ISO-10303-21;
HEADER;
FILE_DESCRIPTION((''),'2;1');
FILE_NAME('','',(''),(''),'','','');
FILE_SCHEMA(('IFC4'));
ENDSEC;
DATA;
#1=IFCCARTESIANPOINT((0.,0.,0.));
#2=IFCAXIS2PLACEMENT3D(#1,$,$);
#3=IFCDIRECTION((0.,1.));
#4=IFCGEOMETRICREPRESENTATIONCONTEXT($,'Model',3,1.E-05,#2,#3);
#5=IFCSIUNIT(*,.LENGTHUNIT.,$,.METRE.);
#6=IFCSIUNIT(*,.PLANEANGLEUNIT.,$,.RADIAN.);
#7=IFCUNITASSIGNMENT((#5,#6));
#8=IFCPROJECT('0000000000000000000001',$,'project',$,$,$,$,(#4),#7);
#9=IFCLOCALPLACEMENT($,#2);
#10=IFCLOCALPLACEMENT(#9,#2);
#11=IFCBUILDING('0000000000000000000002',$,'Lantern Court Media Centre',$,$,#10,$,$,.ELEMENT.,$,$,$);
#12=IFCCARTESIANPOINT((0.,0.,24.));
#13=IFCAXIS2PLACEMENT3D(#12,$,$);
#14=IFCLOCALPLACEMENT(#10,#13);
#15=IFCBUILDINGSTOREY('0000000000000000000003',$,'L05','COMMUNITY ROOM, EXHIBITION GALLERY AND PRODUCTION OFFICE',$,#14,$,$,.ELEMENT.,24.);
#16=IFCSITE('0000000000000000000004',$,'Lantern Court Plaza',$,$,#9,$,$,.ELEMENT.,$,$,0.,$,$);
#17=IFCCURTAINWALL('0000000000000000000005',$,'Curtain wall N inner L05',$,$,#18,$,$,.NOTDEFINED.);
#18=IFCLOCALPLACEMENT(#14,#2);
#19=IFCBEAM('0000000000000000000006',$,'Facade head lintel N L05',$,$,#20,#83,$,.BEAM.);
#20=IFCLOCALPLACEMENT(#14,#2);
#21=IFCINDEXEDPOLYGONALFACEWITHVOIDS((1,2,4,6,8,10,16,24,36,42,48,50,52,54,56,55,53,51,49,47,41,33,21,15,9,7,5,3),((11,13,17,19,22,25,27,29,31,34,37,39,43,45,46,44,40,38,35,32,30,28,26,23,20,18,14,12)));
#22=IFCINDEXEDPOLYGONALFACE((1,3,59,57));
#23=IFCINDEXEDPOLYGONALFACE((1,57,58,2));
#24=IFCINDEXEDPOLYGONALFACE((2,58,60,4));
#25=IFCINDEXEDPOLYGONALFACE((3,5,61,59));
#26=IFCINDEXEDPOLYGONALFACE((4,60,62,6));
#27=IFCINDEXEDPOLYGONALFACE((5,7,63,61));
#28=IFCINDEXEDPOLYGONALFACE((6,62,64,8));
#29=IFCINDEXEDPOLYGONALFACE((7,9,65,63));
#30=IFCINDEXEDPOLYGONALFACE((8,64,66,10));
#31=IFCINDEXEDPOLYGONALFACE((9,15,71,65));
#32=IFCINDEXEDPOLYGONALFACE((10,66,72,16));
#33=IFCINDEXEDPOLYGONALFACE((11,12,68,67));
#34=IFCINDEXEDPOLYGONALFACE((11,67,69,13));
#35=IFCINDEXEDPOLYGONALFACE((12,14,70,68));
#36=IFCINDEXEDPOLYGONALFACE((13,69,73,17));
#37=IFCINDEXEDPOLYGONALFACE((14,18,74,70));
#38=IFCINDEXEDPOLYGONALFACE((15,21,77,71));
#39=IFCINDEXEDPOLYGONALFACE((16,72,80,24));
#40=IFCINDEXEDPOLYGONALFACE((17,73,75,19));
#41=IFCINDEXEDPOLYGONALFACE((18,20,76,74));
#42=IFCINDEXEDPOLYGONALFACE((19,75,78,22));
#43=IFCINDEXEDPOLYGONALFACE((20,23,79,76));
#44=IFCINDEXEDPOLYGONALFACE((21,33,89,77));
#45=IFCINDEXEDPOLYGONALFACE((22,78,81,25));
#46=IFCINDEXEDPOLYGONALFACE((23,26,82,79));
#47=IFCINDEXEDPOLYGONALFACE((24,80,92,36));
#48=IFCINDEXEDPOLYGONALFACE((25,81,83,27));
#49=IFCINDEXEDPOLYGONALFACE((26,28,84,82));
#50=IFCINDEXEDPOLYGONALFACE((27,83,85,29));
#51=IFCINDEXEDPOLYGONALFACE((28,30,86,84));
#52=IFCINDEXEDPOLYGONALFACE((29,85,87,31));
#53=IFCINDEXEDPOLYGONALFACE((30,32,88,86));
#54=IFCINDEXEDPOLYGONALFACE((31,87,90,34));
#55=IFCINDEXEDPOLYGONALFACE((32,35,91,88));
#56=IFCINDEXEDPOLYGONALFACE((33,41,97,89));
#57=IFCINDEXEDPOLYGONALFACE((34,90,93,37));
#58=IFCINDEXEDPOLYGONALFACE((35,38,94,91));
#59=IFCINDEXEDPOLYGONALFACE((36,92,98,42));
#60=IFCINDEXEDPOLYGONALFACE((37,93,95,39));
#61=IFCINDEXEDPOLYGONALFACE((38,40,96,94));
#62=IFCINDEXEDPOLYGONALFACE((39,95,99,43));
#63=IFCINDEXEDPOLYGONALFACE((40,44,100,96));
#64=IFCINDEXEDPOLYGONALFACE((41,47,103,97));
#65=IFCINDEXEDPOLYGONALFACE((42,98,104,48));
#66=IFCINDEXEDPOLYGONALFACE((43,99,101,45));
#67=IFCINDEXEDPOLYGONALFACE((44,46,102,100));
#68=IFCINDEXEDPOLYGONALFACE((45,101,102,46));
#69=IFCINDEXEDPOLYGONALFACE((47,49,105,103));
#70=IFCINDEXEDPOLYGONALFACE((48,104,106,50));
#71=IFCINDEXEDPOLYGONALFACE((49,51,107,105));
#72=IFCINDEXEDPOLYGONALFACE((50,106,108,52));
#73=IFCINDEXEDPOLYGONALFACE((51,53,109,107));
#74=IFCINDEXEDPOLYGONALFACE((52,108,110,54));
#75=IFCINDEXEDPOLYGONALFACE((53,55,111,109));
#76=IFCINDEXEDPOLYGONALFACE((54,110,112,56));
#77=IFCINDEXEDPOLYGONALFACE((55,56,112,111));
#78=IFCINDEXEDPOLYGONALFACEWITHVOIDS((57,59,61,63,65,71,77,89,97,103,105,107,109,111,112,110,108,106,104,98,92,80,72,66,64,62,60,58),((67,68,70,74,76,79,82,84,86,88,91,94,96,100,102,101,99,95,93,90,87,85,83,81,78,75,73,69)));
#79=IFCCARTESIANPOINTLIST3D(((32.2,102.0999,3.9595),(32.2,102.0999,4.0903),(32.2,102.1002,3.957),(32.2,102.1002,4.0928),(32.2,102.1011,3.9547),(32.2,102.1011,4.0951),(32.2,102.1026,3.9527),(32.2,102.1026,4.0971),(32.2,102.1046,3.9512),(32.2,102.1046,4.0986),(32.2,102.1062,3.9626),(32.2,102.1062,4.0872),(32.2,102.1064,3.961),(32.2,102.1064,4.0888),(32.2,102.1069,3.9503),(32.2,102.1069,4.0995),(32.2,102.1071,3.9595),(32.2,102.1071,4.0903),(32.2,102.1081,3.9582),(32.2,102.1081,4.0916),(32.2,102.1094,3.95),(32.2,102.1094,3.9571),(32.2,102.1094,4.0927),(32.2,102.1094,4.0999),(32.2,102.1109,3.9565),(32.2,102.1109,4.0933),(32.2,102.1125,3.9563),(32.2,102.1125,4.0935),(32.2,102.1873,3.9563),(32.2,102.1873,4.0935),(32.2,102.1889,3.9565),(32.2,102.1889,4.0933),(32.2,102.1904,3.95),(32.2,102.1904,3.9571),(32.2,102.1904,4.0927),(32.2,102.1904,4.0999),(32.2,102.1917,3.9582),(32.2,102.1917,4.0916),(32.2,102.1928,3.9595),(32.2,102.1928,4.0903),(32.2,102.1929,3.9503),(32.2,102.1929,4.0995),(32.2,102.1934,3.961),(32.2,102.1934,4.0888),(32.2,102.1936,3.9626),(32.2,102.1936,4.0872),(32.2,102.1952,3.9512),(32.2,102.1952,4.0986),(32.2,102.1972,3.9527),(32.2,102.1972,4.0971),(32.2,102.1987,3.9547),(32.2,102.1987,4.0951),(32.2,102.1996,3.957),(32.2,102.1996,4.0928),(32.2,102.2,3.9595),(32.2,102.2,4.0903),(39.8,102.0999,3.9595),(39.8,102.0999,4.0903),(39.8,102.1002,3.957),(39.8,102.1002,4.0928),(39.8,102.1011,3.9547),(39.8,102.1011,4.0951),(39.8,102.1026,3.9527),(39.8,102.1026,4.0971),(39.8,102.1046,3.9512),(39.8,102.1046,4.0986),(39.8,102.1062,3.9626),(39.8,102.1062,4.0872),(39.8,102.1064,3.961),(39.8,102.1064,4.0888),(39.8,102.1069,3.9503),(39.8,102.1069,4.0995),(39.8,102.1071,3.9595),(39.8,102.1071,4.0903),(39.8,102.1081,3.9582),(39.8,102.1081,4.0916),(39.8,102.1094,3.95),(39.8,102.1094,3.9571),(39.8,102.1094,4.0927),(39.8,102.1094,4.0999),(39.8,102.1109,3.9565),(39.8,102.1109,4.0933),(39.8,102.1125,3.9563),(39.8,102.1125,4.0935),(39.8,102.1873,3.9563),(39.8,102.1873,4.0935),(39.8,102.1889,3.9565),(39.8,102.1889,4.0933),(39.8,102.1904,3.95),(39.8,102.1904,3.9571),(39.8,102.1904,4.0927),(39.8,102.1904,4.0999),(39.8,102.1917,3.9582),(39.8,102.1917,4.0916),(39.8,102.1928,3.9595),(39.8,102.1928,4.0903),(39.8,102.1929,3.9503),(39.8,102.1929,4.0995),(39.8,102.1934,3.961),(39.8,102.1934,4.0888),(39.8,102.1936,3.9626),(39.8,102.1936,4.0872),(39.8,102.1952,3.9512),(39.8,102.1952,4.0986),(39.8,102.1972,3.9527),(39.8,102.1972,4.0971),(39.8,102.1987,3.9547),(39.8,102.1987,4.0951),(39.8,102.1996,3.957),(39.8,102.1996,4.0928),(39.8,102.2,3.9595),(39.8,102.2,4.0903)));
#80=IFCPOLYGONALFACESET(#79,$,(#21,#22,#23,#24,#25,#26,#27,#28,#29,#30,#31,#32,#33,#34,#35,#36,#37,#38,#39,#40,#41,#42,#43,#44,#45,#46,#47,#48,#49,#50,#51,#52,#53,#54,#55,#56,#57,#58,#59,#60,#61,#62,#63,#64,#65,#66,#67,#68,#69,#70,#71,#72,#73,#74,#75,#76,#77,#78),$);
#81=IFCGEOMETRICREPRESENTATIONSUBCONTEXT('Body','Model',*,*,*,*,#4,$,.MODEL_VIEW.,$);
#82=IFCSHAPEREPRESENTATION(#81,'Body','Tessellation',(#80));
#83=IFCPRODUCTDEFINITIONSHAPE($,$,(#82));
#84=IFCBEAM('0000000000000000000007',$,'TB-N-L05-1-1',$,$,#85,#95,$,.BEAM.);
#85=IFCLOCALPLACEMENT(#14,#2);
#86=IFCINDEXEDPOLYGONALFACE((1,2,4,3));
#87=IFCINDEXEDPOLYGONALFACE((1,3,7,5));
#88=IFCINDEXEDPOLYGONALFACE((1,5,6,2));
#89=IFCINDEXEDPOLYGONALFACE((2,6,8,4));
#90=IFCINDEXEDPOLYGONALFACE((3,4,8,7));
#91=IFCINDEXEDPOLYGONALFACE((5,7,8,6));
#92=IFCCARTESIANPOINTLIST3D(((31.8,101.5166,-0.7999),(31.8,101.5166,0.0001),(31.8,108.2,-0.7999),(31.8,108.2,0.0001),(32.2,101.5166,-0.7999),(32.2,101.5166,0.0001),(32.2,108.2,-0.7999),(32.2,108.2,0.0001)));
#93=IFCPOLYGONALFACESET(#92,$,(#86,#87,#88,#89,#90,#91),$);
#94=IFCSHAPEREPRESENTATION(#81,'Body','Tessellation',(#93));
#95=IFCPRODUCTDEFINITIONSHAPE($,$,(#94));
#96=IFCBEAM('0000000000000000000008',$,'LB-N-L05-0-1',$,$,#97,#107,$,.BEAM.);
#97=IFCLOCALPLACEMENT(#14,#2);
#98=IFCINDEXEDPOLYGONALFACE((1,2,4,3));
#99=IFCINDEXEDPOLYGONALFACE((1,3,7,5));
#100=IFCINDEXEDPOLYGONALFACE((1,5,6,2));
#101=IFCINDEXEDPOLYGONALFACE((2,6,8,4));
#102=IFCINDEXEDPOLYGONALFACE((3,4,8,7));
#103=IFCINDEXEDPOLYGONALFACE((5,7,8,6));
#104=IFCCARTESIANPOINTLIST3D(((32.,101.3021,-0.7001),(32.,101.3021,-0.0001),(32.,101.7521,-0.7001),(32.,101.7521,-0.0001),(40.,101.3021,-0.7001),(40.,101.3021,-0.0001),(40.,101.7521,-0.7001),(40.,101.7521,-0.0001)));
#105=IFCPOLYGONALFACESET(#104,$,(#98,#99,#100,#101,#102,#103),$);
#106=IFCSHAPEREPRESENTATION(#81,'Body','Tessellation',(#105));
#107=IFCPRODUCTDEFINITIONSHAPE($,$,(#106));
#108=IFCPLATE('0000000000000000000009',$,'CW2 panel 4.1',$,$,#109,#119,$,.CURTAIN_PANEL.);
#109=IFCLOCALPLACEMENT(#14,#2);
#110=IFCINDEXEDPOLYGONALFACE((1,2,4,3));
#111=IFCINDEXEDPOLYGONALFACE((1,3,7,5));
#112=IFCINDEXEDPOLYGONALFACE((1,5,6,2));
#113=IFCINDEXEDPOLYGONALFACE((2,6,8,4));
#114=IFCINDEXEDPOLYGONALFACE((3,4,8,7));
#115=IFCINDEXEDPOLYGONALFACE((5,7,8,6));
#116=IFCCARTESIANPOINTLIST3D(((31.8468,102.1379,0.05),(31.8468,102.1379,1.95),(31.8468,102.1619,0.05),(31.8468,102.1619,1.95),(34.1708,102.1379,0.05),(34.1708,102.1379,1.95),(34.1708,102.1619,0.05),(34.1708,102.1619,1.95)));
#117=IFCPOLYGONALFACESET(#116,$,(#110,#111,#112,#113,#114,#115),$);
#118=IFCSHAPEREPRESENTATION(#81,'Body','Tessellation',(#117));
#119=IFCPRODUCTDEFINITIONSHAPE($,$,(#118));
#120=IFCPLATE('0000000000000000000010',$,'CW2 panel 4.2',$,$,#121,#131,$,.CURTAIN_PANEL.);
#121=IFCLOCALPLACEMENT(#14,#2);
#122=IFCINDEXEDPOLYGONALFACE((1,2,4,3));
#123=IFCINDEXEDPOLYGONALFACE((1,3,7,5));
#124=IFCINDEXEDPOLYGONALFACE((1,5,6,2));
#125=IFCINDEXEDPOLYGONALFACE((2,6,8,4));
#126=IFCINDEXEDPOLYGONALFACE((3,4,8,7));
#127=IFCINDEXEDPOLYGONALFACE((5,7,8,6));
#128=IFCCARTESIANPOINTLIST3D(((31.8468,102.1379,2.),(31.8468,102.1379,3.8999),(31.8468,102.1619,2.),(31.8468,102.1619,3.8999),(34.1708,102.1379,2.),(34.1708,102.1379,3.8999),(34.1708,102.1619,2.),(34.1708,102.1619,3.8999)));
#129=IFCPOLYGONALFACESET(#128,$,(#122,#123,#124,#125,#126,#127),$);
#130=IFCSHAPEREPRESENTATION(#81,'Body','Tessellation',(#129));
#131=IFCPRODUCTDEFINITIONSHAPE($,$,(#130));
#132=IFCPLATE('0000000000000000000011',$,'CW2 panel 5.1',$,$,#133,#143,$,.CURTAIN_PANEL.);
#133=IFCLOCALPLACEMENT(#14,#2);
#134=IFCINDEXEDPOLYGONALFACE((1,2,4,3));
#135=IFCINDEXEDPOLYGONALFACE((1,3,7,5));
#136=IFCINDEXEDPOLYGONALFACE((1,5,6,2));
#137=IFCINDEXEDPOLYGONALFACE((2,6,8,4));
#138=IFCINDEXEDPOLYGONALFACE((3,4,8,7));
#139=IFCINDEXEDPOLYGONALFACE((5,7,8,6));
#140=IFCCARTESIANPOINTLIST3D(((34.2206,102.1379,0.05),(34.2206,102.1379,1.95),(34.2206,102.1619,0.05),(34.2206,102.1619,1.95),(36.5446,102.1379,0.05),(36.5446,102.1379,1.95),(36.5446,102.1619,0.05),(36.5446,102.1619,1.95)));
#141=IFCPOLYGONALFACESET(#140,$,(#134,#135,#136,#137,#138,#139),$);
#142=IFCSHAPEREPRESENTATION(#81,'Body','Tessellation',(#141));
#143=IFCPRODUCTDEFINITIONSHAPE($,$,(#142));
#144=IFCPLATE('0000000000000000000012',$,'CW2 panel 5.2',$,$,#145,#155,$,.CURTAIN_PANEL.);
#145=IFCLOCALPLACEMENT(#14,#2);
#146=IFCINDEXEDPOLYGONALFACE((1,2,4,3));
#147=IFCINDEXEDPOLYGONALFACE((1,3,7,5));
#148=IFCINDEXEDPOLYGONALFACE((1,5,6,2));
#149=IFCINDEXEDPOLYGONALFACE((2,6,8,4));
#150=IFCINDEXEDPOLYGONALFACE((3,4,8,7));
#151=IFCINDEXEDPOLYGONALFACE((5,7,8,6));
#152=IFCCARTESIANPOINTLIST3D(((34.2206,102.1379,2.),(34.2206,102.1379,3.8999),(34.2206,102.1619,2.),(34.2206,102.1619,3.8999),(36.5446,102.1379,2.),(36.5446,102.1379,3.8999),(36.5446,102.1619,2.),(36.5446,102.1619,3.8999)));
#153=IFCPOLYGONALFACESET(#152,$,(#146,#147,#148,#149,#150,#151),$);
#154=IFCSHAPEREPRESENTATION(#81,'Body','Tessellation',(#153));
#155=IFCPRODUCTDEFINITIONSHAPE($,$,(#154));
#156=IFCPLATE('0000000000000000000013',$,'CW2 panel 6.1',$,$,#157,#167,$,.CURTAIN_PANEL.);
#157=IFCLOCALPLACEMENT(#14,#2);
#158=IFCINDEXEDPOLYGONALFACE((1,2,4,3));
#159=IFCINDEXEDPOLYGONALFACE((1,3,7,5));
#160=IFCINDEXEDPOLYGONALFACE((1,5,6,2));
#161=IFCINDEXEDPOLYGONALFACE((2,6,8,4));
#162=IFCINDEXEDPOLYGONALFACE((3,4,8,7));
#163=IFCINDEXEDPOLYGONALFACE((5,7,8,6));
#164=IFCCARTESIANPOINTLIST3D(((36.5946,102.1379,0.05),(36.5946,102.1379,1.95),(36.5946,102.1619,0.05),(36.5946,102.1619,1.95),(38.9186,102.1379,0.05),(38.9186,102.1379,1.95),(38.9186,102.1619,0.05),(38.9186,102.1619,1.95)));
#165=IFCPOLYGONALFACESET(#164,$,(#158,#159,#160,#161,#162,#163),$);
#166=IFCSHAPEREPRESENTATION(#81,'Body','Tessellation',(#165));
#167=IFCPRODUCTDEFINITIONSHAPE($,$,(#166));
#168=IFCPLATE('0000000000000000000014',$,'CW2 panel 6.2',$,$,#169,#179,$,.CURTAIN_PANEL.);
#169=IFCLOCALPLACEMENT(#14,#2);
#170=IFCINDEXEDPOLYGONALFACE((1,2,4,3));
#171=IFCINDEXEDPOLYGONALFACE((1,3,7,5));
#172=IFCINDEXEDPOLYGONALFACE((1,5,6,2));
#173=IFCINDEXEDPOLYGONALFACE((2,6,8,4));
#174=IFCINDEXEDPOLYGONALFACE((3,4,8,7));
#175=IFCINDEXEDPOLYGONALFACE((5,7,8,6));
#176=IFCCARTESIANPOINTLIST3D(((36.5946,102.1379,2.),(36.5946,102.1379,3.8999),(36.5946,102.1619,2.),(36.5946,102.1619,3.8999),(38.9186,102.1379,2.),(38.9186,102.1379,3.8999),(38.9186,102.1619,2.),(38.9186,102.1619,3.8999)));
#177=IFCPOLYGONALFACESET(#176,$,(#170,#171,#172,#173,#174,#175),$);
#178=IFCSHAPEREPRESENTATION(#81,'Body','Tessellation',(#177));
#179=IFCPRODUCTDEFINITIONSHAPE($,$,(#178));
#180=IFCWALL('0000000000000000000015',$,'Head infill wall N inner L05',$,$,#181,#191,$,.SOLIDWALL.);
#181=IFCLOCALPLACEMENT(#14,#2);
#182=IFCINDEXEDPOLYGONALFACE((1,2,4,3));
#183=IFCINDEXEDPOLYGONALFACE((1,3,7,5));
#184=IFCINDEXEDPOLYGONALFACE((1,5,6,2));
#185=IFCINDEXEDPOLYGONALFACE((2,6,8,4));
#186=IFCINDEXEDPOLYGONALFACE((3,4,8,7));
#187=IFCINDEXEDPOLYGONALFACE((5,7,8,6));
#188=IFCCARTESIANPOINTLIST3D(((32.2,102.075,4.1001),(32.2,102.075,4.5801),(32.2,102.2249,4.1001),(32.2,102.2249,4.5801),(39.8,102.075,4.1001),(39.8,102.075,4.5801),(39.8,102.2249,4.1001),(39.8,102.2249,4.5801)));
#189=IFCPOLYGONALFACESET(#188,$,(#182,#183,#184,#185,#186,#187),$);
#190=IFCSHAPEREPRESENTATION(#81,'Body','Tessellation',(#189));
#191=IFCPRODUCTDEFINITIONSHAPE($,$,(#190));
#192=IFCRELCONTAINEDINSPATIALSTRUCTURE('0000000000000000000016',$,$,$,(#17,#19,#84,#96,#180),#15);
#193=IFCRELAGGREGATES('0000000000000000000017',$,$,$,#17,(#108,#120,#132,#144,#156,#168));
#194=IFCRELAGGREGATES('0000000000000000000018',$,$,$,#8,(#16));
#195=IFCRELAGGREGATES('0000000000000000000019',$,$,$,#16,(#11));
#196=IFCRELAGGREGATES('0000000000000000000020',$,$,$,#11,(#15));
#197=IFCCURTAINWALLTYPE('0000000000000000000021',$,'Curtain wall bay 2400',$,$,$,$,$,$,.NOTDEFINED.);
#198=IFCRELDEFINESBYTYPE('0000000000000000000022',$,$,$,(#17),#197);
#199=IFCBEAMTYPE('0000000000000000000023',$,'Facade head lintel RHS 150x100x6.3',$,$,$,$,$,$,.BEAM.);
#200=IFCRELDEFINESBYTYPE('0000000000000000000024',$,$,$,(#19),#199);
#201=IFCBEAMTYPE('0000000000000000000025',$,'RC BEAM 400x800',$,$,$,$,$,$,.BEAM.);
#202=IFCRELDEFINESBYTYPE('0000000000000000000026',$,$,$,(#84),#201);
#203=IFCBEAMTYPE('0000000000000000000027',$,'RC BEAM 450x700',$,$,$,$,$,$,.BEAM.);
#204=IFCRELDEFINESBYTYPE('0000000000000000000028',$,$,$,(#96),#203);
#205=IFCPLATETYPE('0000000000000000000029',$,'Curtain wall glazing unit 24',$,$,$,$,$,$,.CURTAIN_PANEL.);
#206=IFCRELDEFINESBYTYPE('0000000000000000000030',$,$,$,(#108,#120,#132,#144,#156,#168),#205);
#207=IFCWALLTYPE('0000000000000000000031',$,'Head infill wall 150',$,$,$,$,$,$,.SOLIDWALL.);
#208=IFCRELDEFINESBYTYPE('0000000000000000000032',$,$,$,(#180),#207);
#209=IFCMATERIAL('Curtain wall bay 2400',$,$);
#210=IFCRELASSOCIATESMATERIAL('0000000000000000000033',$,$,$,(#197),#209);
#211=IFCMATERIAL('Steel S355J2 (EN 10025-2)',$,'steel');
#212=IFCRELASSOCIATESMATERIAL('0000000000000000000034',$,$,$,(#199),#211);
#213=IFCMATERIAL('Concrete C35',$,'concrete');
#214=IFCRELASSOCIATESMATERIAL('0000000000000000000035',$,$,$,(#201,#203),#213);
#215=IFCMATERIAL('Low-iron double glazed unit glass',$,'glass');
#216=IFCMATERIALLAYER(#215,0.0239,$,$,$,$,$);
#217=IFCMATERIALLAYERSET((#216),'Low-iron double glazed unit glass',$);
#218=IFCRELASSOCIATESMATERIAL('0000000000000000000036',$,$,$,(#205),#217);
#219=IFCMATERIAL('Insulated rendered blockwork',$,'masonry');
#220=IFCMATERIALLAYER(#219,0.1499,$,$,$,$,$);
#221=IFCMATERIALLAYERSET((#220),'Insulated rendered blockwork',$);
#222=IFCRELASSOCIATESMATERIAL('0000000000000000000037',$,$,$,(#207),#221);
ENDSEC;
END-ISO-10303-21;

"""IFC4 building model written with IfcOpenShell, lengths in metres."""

from ifc_helpers import new_model, si_unit, direction, frame, frame_2d, origin, origin_2d, place, context, subcontext, project, spatial, rectangle, hollow_rectangle, extrude, material, layer, layer_set, material_profile, profile_set, type_object, element, aggregate, save


model = new_model("IFC4")

# Units and contexts
model_context = context("Model", 3, precision=1e-05, world=origin(), true_north=direction((0.0, 1.0)))
body_context = subcontext(model_context, "Body", "Model", "MODEL_VIEW")
ifc_project = project(units=[si_unit("LENGTHUNIT", "METRE"), si_unit("PLANEANGLEUNIT", "RADIAN")], contexts=[model_context])

# Site, building, storey
site_placement = place(None, origin())
site = spatial("IfcSite", under=ifc_project, at=site_placement, Name="Lantern Court Plaza", CompositionType="ELEMENT", RefElevation=0.0)
building_placement = place(site_placement, origin())
building = spatial("IfcBuilding", under=site, at=building_placement, Name="Lantern Court Media Centre", CompositionType="ELEMENT")
storey_placement = place(building_placement, frame((0.0, 0.0, 24.0)))
storey = spatial("IfcBuildingStorey", under=building, at=storey_placement, Name="L05", Description="COMMUNITY ROOM, EXHIBITION GALLERY AND PRODUCTION OFFICE", CompositionType="ELEMENT", Elevation=24.0)

# Shared definitions
ifc_material_1 = material(Name="Concrete C35", Category="concrete")

# Curtain wall
ifc_material_2 = material(Name="Curtain wall bay 2400")
curtain_wall_type = type_object("IfcCurtainWallType", Name="Curtain wall bay 2400", PredefinedType="NOTDEFINED", material=ifc_material_2)
curtain_wall_placement = place(storey_placement, origin())
curtain_wall = element("IfcCurtainWall", 1, at=curtain_wall_placement, inside=storey, type_object=curtain_wall_type, Name="Curtain wall N inner L05", PredefinedType="NOTDEFINED")

# Beams
ifc_material_3 = material(Name="Steel S355J2 (EN 10025-2)", Category="steel")
ifc_material_profile_1 = material_profile(ifc_material_3, hollow_rectangle(XDim=0.1001, YDim=0.1499, WallThickness=0.0063, InnerFilletRadius=0.0063, OuterFilletRadius=0.0095, at=origin_2d()), Name="Facade head lintel RHS 150x100x6.3")
ifc_profile_set_1 = profile_set([ifc_material_profile_1], Name="Steel S355J2 (EN 10025-2)")
beam_type_1 = type_object("IfcBeamType", Name="Facade head lintel RHS 150x100x6.3", PredefinedType="BEAM", material=ifc_profile_set_1)
beam_1_placement = place(storey_placement, frame((32.2, 102.1499, 4.0249), z_axis=(1.0, 0.0, 0.0), x_axis=(0.0, 1.0, 0.0)))
element("IfcBeam", 2, at=beam_1_placement, inside=storey, type_object=beam_type_1, Name="Facade head lintel N L05", PredefinedType="BEAM", context=body_context, shape_type="SweptSolid", body=[
    extrude(hollow_rectangle(XDim=0.1001, YDim=0.1499, WallThickness=0.0063, InnerFilletRadius=0.0063, OuterFilletRadius=0.0095, at=origin_2d()), origin(), (0.0, 0.0, 1.0), 7.6001),
])
ifc_material_profile_2 = material_profile(ifc_material_1, rectangle(XDim=0.3999, YDim=0.8, at=origin_2d()), Name="RC 400x800")
ifc_profile_set_2 = profile_set([ifc_material_profile_2], Name="Concrete C35")
beam_type_2 = type_object("IfcBeamType", Name="RC BEAM 400x800", PredefinedType="BEAM", material=ifc_profile_set_2)
beam_2_placement = place(storey_placement, frame((32.0, 101.5166, -0.3999), z_axis=(0.0, 1.0, 0.0), x_axis=(-1.0, 0.0, 0.0)))
element("IfcBeam", 3, at=beam_2_placement, inside=storey, type_object=beam_type_2, Name="TB-N-L05-1-1", PredefinedType="BEAM", context=body_context, shape_type="SweptSolid", body=[
    extrude(rectangle(XDim=0.3999, YDim=0.8, at=origin_2d()), origin(), (0.0, 0.0, 1.0), 6.6833),
])
ifc_material_profile_3 = material_profile(ifc_material_1, rectangle(XDim=0.45, YDim=0.7, at=origin_2d()), Name="RC 450x700")
ifc_profile_set_3 = profile_set([ifc_material_profile_3], Name="Concrete C35")
beam_type_3 = type_object("IfcBeamType", Name="RC BEAM 450x700", PredefinedType="BEAM", material=ifc_profile_set_3)
beam_3_placement = place(storey_placement, frame((32.0, 101.5271, -0.3501), z_axis=(1.0, 0.0, 0.0), x_axis=(0.0, 1.0, 0.0)))
element("IfcBeam", 4, at=beam_3_placement, inside=storey, type_object=beam_type_3, Name="LB-N-L05-0-1", PredefinedType="BEAM", context=body_context, shape_type="SweptSolid", body=[
    extrude(rectangle(XDim=0.45, YDim=0.7, at=origin_2d()), origin(), (0.0, 0.0, 1.0), 8.0),
])

# Plates
ifc_material_4 = material(Name="Low-iron double glazed unit glass", Category="glass")
ifc_layer_1 = layer(ifc_material_4, 0.0239)
ifc_layer_set_1 = layer_set([ifc_layer_1], Name="Low-iron double glazed unit glass")
plate_type = type_object("IfcPlateType", Name="Curtain wall glazing unit 24", PredefinedType="CURTAIN_PANEL", material=ifc_layer_set_1)
plate_1_placement = place(storey_placement, frame((33.0088, 102.1499, 0.05), z_axis=(0.0, 0.0, 1.0), x_axis=(1.0, 0.0, 0.0)))
plate_1 = element("IfcPlate", 5, at=plate_1_placement, type_object=plate_type, Name="CW2 panel 4.1", PredefinedType="CURTAIN_PANEL", context=body_context, shape_type="SweptSolid", body=[
    extrude(rectangle(XDim=2.324, YDim=0.0239, at=origin_2d()), origin(), (0.0, 0.0, 1.0), 1.8999),
])
plate_2_placement = place(storey_placement, frame((33.0088, 102.1499, 2.0), z_axis=(0.0, 0.0, 1.0), x_axis=(1.0, 0.0, 0.0)))
plate_2 = element("IfcPlate", 6, at=plate_2_placement, type_object=plate_type, Name="CW2 panel 4.2", PredefinedType="CURTAIN_PANEL", context=body_context, shape_type="SweptSolid", body=[
    extrude(rectangle(XDim=2.324, YDim=0.0239, at=origin_2d()), origin(), (0.0, 0.0, 1.0), 1.8999),
])
plate_3_placement = place(storey_placement, frame((35.3826, 102.1499, 0.05), z_axis=(0.0, 0.0, 1.0), x_axis=(1.0, 0.0, 0.0)))
plate_3 = element("IfcPlate", 7, at=plate_3_placement, type_object=plate_type, Name="CW2 panel 5.1", PredefinedType="CURTAIN_PANEL", context=body_context, shape_type="SweptSolid", body=[
    extrude(rectangle(XDim=2.324, YDim=0.0239, at=origin_2d()), origin(), (0.0, 0.0, 1.0), 1.8999),
])
plate_4_placement = place(storey_placement, frame((35.3826, 102.1499, 2.0), z_axis=(0.0, 0.0, 1.0), x_axis=(1.0, 0.0, 0.0)))
plate_4 = element("IfcPlate", 8, at=plate_4_placement, type_object=plate_type, Name="CW2 panel 5.2", PredefinedType="CURTAIN_PANEL", context=body_context, shape_type="SweptSolid", body=[
    extrude(rectangle(XDim=2.324, YDim=0.0239, at=origin_2d()), origin(), (0.0, 0.0, 1.0), 1.8999),
])
plate_5_placement = place(storey_placement, frame((37.7566, 102.1499, 0.05), z_axis=(0.0, 0.0, 1.0), x_axis=(1.0, 0.0, 0.0)))
plate_5 = element("IfcPlate", 9, at=plate_5_placement, type_object=plate_type, Name="CW2 panel 6.1", PredefinedType="CURTAIN_PANEL", context=body_context, shape_type="SweptSolid", body=[
    extrude(rectangle(XDim=2.324, YDim=0.0239, at=origin_2d()), origin(), (0.0, 0.0, 1.0), 1.8999),
])
plate_6_placement = place(storey_placement, frame((37.7566, 102.1499, 2.0), z_axis=(0.0, 0.0, 1.0), x_axis=(1.0, 0.0, 0.0)))
plate_6 = element("IfcPlate", 10, at=plate_6_placement, type_object=plate_type, Name="CW2 panel 6.2", PredefinedType="CURTAIN_PANEL", context=body_context, shape_type="SweptSolid", body=[
    extrude(rectangle(XDim=2.324, YDim=0.0239, at=origin_2d()), origin(), (0.0, 0.0, 1.0), 1.8999),
])
aggregate(curtain_wall, [plate_1, plate_2, plate_3, plate_4, plate_5, plate_6])

# Wall
ifc_material_5 = material(Name="Insulated rendered blockwork", Category="masonry")
ifc_layer_2 = layer(ifc_material_5, 0.1499)
ifc_layer_set_2 = layer_set([ifc_layer_2], Name="Insulated rendered blockwork")
wall_type = type_object("IfcWallType", Name="Head infill wall 150", PredefinedType="SOLIDWALL", material=ifc_layer_set_2)
wall_placement = place(storey_placement, frame((32.2, 102.1499, 4.1001), z_axis=(0.0, 0.0, 1.0), x_axis=(1.0, 0.0, 0.0)))
element("IfcWall", 11, at=wall_placement, inside=storey, type_object=wall_type, Name="Head infill wall N inner L05", PredefinedType="SOLIDWALL", context=body_context, shape_type="SweptSolid", body=[
    extrude(rectangle(XDim=7.6001, YDim=0.1499, at=frame_2d((3.8, 0.0))), origin(), (0.0, 0.0, 1.0), 0.48),
])

save(model, "model.ifc")
